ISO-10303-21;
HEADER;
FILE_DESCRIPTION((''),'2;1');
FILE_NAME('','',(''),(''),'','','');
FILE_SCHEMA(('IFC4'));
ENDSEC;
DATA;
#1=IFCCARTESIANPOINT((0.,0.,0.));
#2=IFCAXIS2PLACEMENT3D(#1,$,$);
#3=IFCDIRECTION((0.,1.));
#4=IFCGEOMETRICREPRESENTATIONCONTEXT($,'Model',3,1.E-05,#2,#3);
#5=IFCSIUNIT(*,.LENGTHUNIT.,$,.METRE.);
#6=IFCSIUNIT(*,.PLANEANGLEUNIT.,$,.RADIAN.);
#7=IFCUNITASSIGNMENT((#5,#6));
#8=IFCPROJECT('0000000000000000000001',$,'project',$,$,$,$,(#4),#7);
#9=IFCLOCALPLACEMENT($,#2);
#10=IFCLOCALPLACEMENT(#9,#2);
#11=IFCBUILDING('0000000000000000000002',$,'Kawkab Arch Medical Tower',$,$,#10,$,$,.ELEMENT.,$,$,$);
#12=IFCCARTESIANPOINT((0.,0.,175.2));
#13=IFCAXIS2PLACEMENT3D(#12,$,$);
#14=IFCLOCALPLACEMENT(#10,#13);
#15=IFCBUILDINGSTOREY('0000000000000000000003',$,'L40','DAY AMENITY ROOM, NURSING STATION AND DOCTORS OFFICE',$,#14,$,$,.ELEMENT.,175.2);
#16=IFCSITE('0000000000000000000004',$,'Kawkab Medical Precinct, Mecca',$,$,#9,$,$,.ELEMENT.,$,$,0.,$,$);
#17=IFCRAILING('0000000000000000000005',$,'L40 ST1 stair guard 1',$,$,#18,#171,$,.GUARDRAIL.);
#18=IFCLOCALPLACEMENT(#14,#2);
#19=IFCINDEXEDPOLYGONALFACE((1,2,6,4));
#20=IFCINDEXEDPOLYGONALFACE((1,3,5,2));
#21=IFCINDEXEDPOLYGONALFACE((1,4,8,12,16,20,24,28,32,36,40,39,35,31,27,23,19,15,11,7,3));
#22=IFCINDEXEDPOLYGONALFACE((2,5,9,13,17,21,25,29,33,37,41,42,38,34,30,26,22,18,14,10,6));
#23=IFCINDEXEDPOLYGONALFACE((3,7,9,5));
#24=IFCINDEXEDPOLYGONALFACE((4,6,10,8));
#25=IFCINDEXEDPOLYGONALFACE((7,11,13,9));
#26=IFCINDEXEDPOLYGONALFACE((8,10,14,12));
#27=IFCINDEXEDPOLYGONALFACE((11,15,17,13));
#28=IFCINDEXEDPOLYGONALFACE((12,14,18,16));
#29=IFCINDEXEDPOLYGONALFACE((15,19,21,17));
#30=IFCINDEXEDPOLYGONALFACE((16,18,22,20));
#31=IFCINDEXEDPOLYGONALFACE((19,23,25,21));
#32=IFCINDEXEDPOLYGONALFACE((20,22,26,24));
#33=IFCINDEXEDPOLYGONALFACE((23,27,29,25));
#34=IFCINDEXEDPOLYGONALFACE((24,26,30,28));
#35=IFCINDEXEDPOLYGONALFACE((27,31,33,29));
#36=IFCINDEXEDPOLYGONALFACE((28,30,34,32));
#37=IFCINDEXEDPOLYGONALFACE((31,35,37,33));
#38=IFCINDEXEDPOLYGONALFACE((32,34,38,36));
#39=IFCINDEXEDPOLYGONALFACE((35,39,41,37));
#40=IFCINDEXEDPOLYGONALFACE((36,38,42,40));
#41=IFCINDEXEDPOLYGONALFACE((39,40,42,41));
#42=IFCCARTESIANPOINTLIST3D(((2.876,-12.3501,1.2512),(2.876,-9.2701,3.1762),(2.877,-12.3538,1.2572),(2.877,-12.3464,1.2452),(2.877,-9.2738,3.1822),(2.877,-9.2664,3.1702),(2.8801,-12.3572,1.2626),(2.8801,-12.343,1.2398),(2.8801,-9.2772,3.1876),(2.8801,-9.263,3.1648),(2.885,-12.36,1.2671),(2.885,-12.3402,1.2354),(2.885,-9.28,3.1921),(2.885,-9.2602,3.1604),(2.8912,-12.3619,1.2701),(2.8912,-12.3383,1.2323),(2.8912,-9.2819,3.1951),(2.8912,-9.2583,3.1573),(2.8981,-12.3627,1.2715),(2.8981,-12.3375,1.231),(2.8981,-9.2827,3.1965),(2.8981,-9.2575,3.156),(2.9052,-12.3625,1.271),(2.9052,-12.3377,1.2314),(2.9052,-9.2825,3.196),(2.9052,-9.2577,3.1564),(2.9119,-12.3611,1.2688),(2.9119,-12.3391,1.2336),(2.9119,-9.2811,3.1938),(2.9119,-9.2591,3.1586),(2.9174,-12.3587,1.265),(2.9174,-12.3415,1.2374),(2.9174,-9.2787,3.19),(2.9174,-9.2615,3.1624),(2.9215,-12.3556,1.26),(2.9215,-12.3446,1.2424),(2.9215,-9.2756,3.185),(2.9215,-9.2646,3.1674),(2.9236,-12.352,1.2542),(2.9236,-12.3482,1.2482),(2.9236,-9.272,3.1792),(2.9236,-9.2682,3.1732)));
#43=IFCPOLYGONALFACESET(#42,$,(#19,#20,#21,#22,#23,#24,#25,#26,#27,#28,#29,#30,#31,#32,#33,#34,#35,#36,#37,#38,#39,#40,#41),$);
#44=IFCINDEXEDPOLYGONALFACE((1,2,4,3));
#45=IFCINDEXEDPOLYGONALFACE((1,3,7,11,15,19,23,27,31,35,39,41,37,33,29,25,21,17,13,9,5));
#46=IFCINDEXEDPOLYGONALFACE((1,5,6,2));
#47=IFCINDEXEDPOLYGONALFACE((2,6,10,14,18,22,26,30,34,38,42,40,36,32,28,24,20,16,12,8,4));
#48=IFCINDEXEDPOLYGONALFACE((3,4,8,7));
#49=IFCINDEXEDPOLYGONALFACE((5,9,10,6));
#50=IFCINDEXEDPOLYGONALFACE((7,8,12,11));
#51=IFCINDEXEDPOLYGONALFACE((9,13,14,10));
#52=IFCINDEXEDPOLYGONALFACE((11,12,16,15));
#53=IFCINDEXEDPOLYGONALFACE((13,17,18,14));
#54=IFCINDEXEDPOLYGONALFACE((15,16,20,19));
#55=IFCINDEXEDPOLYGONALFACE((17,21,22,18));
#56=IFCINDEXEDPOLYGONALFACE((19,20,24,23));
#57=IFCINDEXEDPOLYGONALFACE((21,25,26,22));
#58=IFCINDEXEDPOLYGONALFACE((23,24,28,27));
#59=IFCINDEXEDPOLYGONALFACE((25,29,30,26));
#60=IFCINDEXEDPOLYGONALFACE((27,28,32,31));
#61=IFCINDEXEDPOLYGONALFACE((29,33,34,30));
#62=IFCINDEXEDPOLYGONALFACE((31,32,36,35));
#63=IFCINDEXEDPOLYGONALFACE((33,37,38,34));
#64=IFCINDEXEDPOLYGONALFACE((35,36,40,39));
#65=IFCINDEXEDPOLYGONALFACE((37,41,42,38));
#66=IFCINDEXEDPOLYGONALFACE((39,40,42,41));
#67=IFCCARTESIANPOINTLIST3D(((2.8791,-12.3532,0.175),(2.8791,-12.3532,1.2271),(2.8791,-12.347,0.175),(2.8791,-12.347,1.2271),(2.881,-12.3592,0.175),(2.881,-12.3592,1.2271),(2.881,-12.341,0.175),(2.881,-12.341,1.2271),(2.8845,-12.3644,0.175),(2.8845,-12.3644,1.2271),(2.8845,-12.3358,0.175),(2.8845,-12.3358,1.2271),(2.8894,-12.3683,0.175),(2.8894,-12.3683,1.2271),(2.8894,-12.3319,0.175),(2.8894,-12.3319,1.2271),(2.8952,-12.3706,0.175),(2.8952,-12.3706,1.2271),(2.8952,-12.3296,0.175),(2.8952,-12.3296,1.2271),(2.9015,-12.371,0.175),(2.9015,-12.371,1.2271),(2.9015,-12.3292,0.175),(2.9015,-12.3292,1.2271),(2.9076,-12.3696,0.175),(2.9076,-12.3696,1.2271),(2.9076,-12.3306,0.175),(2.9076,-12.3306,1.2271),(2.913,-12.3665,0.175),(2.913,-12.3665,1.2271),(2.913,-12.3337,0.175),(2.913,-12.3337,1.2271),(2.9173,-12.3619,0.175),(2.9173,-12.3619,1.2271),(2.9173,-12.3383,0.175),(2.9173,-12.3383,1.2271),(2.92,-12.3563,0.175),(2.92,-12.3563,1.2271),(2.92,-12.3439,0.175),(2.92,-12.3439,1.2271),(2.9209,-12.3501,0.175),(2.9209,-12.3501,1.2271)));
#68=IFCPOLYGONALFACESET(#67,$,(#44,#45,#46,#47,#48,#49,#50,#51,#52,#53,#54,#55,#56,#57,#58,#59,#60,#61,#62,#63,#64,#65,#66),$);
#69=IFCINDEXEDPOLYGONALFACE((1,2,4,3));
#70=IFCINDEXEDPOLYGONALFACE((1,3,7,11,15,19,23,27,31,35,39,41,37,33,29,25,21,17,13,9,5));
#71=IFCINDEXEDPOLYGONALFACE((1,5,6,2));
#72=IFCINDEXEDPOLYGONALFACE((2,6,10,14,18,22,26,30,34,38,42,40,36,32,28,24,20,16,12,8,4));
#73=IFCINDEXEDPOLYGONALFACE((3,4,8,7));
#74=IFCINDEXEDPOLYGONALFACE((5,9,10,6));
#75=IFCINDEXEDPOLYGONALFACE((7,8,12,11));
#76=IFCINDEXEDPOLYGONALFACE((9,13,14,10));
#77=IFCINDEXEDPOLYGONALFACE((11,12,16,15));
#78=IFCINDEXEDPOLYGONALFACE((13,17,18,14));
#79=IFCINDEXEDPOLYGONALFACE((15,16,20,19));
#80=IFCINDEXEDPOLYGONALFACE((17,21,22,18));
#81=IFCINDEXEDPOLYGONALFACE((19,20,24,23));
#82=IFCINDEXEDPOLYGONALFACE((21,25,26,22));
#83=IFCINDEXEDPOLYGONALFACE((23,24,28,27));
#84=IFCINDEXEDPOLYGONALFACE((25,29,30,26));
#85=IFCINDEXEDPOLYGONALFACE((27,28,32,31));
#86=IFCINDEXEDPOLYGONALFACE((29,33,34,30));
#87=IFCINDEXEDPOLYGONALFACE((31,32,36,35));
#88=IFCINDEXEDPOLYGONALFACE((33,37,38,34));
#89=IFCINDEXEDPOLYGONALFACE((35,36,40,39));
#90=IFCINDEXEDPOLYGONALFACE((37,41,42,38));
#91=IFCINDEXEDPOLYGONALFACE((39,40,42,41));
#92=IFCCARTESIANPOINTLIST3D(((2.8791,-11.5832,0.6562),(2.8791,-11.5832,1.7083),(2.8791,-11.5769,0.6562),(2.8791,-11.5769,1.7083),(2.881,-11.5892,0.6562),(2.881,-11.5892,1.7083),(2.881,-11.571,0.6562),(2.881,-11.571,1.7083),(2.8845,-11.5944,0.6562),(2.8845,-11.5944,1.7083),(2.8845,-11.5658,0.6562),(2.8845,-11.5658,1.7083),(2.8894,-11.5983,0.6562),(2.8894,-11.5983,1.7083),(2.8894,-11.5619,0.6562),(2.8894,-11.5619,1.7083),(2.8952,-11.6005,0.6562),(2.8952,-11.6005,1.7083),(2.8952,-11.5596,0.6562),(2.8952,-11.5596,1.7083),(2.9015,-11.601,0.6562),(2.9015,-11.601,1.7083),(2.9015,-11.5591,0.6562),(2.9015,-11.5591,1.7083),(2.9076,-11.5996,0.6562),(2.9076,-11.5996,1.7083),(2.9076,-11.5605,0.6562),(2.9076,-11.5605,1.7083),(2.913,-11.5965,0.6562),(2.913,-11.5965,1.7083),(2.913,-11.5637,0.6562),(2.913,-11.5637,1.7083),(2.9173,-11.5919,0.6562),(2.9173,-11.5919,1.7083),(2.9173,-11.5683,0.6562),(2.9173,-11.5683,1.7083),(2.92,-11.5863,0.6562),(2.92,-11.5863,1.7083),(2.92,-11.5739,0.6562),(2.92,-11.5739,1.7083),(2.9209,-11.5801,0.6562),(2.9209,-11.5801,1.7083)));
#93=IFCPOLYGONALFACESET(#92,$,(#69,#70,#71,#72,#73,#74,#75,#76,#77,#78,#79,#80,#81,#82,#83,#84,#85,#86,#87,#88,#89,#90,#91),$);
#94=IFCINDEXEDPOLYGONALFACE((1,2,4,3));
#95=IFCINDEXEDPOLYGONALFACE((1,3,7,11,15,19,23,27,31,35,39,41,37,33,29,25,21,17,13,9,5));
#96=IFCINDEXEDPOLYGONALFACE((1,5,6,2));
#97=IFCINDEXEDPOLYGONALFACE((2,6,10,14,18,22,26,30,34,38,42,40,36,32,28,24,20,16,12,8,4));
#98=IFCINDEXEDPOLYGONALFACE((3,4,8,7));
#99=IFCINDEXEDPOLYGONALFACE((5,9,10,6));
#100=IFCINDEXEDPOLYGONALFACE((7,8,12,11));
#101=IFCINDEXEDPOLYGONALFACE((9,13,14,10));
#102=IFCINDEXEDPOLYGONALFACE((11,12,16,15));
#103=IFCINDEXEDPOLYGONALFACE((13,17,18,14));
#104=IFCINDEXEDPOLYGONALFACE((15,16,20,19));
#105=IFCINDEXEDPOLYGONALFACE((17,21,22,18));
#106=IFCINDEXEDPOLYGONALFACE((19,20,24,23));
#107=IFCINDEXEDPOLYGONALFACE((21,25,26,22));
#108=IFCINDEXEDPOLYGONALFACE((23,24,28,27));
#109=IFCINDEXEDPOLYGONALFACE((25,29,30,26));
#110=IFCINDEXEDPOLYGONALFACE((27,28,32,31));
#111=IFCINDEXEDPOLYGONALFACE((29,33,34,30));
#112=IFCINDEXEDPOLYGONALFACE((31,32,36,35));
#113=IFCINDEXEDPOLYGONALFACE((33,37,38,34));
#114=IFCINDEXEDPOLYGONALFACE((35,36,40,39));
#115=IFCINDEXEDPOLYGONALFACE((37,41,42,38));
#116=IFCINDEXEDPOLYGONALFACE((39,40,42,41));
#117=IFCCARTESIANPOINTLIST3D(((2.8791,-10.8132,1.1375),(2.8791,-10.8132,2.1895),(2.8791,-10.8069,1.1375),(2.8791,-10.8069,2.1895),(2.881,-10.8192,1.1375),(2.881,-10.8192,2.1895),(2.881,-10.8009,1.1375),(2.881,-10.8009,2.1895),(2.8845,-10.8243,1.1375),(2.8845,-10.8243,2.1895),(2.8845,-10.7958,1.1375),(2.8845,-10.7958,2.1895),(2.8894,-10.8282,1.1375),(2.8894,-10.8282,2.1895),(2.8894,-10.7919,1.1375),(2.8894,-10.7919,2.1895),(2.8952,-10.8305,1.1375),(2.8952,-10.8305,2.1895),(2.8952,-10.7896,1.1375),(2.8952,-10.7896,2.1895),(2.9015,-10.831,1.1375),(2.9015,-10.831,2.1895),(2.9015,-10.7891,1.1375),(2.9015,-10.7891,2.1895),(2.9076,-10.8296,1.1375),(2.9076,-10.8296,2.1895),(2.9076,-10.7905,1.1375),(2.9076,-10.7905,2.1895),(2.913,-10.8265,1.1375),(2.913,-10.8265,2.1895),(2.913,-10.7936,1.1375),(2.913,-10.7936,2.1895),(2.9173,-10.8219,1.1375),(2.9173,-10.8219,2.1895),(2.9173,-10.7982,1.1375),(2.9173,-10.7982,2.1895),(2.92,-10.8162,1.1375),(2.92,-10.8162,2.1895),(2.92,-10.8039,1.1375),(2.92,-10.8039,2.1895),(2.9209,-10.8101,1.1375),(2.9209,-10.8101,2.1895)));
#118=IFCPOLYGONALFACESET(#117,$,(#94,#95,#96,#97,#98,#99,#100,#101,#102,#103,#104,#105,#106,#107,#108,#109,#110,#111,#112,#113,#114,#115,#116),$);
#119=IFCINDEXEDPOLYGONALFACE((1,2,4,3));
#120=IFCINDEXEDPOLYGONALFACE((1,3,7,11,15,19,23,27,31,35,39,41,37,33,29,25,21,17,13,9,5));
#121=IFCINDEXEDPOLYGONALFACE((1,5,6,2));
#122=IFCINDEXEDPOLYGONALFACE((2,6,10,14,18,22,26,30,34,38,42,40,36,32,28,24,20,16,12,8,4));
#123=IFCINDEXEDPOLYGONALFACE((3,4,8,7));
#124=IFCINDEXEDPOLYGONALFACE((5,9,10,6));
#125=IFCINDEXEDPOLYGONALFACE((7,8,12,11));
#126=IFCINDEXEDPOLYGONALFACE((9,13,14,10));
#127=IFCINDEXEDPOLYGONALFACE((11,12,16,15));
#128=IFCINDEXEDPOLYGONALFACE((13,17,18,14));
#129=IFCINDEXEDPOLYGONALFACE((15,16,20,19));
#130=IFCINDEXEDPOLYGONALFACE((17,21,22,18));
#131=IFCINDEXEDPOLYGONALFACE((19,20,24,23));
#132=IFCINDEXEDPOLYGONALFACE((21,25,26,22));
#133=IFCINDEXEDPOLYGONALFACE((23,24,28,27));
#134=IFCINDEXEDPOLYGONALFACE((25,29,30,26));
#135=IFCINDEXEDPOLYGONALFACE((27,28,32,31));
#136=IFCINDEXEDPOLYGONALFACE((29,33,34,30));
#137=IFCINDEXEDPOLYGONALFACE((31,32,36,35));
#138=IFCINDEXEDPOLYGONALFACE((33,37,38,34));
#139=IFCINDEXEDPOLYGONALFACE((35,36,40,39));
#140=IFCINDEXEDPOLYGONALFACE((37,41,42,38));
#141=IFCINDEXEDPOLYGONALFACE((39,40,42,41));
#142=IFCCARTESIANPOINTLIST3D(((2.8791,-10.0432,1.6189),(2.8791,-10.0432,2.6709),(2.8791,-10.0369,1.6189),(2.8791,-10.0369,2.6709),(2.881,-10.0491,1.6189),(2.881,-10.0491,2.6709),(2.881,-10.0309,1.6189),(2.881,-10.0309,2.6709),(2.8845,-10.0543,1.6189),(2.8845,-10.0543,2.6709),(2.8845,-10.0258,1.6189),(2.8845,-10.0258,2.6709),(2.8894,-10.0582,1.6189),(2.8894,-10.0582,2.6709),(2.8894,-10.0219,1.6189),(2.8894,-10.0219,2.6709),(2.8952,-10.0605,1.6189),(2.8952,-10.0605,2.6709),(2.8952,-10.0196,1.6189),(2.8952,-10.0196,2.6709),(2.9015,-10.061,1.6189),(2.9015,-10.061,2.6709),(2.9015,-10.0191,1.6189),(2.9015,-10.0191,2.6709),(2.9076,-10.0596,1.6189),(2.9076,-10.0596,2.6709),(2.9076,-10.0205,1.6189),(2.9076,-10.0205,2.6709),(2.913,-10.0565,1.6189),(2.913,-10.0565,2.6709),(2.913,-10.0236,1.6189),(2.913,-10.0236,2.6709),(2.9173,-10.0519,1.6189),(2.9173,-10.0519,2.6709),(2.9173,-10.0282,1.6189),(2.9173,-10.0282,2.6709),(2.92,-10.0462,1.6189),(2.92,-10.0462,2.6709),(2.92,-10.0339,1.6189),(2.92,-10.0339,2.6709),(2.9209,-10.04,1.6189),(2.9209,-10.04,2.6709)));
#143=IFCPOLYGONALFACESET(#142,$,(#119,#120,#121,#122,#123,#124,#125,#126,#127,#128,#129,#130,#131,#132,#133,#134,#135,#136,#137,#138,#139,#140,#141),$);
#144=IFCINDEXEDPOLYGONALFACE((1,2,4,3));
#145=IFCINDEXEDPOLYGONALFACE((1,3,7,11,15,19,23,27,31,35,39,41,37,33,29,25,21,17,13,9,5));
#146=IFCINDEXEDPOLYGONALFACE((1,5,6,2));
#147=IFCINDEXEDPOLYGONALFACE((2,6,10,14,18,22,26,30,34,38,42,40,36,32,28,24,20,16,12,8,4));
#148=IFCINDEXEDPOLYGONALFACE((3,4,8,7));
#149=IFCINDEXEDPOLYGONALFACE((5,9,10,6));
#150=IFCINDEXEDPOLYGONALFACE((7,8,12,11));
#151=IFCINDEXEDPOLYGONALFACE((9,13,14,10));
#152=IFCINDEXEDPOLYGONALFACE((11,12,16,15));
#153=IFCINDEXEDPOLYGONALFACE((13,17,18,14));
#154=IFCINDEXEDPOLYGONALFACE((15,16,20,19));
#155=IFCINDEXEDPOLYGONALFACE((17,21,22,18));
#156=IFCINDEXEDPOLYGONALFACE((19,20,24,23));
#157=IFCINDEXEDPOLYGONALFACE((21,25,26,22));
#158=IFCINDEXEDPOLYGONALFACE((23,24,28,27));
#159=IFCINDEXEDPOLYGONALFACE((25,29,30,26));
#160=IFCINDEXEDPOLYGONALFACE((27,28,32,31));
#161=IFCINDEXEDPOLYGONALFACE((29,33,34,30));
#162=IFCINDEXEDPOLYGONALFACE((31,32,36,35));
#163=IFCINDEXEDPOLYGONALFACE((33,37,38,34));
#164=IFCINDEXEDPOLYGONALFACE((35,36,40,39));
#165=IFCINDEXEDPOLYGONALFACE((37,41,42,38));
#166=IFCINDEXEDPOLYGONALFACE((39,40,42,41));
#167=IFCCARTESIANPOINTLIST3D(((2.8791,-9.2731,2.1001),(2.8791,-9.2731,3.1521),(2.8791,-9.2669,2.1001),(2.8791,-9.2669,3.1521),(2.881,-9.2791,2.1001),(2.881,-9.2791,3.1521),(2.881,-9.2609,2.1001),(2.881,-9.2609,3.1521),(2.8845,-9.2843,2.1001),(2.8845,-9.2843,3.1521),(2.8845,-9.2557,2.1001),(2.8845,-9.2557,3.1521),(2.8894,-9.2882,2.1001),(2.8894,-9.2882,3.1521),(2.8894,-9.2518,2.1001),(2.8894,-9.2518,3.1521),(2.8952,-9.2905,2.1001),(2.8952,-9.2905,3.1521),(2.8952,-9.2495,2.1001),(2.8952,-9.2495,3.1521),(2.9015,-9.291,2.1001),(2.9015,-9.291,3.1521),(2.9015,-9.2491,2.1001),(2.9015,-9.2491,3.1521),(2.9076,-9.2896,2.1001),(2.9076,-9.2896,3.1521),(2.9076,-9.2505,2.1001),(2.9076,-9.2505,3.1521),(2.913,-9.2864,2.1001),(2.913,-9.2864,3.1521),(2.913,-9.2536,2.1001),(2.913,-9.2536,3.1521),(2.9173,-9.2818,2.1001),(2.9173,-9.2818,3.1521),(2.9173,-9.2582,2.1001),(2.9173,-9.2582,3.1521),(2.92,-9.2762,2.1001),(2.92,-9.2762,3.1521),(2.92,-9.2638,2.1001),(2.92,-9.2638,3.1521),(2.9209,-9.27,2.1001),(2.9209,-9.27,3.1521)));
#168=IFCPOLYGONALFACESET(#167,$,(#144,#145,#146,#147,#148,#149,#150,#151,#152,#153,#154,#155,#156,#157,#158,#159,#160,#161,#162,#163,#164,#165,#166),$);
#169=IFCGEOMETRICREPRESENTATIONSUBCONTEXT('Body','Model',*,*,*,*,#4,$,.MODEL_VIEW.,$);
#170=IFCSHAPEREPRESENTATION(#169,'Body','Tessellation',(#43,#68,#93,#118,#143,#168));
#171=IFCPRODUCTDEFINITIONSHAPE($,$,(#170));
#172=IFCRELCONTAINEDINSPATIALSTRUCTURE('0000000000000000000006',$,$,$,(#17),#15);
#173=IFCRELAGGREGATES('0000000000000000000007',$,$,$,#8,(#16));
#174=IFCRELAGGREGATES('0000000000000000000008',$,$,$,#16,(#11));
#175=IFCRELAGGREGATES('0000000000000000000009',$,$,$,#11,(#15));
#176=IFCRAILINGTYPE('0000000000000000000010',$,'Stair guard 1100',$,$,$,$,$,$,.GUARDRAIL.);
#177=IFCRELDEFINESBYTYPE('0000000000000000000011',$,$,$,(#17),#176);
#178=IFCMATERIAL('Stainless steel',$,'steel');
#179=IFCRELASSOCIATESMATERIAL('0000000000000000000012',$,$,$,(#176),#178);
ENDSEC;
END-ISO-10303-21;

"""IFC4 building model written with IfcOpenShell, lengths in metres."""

from ifc_helpers import new_model, si_unit, direction, frame, origin, origin_2d, place, context, subcontext, project, spatial, circle, extrude, material, type_object, element, save


model = new_model("IFC4")

# Units and contexts
model_context = context("Model", 3, precision=1e-05, world=origin(), true_north=direction((0.0, 1.0)))
body_context = subcontext(model_context, "Body", "Model", "MODEL_VIEW")
ifc_project = project(units=[si_unit("LENGTHUNIT", "METRE"), si_unit("PLANEANGLEUNIT", "RADIAN")], contexts=[model_context])

# Site, building, storey
site_placement = place(None, origin())
site = spatial("IfcSite", under=ifc_project, at=site_placement, Name="Kawkab Medical Precinct, Mecca", CompositionType="ELEMENT", RefElevation=0.0)
building_placement = place(site_placement, origin())
building = spatial("IfcBuilding", under=site, at=building_placement, Name="Kawkab Arch Medical Tower", CompositionType="ELEMENT")
storey_placement = place(building_placement, frame((0.0, 0.0, 175.2)))
storey = spatial("IfcBuildingStorey", under=building, at=storey_placement, Name="L40", Description="DAY AMENITY ROOM, NURSING STATION AND DOCTORS OFFICE", CompositionType="ELEMENT", Elevation=175.2)

# Railing
ifc_material_1 = material(Name="Stainless steel", Category="steel")
railing_type_1 = type_object("IfcRailingType", Name="Stair guard 1100", PredefinedType="GUARDRAIL", material=ifc_material_1)
railing_1_placement = place(storey_placement, frame((2.8999, -12.3501, 0.175)))
element("IfcRailing", 1, at=railing_1_placement, inside=storey, type_object=railing_type_1, Name="L40 ST1 stair guard 1", PredefinedType="GUARDRAIL", context=body_context, shape_type="SweptSolid", body=[
    extrude(circle(Radius=0.0239, at=origin_2d()), frame((0.0, 0.0, 1.0762), z_axis=(0.0, 0.847998, 0.529999), x_axis=(-1.0, 0.0, 0.0)), (0.0, 0.0, 1.0), 3.6321),
    extrude(circle(Radius=0.021, at=origin_2d()), origin(), (0.0, 0.0, 1.0), 1.052),
    extrude(circle(Radius=0.021, at=origin_2d()), frame((0.0, 0.77, 0.4812)), (0.0, 0.0, 1.0), 1.052),
    extrude(circle(Radius=0.021, at=origin_2d()), frame((0.0, 1.54, 0.9624)), (0.0, 0.0, 1.0), 1.052),
    extrude(circle(Radius=0.021, at=origin_2d()), frame((0.0, 2.3101, 1.4438)), (0.0, 0.0, 1.0), 1.052),
    extrude(circle(Radius=0.021, at=origin_2d()), frame((0.0, 3.0801, 1.925)), (0.0, 0.0, 1.0), 1.052),
])

save(model, "model.ifc")
